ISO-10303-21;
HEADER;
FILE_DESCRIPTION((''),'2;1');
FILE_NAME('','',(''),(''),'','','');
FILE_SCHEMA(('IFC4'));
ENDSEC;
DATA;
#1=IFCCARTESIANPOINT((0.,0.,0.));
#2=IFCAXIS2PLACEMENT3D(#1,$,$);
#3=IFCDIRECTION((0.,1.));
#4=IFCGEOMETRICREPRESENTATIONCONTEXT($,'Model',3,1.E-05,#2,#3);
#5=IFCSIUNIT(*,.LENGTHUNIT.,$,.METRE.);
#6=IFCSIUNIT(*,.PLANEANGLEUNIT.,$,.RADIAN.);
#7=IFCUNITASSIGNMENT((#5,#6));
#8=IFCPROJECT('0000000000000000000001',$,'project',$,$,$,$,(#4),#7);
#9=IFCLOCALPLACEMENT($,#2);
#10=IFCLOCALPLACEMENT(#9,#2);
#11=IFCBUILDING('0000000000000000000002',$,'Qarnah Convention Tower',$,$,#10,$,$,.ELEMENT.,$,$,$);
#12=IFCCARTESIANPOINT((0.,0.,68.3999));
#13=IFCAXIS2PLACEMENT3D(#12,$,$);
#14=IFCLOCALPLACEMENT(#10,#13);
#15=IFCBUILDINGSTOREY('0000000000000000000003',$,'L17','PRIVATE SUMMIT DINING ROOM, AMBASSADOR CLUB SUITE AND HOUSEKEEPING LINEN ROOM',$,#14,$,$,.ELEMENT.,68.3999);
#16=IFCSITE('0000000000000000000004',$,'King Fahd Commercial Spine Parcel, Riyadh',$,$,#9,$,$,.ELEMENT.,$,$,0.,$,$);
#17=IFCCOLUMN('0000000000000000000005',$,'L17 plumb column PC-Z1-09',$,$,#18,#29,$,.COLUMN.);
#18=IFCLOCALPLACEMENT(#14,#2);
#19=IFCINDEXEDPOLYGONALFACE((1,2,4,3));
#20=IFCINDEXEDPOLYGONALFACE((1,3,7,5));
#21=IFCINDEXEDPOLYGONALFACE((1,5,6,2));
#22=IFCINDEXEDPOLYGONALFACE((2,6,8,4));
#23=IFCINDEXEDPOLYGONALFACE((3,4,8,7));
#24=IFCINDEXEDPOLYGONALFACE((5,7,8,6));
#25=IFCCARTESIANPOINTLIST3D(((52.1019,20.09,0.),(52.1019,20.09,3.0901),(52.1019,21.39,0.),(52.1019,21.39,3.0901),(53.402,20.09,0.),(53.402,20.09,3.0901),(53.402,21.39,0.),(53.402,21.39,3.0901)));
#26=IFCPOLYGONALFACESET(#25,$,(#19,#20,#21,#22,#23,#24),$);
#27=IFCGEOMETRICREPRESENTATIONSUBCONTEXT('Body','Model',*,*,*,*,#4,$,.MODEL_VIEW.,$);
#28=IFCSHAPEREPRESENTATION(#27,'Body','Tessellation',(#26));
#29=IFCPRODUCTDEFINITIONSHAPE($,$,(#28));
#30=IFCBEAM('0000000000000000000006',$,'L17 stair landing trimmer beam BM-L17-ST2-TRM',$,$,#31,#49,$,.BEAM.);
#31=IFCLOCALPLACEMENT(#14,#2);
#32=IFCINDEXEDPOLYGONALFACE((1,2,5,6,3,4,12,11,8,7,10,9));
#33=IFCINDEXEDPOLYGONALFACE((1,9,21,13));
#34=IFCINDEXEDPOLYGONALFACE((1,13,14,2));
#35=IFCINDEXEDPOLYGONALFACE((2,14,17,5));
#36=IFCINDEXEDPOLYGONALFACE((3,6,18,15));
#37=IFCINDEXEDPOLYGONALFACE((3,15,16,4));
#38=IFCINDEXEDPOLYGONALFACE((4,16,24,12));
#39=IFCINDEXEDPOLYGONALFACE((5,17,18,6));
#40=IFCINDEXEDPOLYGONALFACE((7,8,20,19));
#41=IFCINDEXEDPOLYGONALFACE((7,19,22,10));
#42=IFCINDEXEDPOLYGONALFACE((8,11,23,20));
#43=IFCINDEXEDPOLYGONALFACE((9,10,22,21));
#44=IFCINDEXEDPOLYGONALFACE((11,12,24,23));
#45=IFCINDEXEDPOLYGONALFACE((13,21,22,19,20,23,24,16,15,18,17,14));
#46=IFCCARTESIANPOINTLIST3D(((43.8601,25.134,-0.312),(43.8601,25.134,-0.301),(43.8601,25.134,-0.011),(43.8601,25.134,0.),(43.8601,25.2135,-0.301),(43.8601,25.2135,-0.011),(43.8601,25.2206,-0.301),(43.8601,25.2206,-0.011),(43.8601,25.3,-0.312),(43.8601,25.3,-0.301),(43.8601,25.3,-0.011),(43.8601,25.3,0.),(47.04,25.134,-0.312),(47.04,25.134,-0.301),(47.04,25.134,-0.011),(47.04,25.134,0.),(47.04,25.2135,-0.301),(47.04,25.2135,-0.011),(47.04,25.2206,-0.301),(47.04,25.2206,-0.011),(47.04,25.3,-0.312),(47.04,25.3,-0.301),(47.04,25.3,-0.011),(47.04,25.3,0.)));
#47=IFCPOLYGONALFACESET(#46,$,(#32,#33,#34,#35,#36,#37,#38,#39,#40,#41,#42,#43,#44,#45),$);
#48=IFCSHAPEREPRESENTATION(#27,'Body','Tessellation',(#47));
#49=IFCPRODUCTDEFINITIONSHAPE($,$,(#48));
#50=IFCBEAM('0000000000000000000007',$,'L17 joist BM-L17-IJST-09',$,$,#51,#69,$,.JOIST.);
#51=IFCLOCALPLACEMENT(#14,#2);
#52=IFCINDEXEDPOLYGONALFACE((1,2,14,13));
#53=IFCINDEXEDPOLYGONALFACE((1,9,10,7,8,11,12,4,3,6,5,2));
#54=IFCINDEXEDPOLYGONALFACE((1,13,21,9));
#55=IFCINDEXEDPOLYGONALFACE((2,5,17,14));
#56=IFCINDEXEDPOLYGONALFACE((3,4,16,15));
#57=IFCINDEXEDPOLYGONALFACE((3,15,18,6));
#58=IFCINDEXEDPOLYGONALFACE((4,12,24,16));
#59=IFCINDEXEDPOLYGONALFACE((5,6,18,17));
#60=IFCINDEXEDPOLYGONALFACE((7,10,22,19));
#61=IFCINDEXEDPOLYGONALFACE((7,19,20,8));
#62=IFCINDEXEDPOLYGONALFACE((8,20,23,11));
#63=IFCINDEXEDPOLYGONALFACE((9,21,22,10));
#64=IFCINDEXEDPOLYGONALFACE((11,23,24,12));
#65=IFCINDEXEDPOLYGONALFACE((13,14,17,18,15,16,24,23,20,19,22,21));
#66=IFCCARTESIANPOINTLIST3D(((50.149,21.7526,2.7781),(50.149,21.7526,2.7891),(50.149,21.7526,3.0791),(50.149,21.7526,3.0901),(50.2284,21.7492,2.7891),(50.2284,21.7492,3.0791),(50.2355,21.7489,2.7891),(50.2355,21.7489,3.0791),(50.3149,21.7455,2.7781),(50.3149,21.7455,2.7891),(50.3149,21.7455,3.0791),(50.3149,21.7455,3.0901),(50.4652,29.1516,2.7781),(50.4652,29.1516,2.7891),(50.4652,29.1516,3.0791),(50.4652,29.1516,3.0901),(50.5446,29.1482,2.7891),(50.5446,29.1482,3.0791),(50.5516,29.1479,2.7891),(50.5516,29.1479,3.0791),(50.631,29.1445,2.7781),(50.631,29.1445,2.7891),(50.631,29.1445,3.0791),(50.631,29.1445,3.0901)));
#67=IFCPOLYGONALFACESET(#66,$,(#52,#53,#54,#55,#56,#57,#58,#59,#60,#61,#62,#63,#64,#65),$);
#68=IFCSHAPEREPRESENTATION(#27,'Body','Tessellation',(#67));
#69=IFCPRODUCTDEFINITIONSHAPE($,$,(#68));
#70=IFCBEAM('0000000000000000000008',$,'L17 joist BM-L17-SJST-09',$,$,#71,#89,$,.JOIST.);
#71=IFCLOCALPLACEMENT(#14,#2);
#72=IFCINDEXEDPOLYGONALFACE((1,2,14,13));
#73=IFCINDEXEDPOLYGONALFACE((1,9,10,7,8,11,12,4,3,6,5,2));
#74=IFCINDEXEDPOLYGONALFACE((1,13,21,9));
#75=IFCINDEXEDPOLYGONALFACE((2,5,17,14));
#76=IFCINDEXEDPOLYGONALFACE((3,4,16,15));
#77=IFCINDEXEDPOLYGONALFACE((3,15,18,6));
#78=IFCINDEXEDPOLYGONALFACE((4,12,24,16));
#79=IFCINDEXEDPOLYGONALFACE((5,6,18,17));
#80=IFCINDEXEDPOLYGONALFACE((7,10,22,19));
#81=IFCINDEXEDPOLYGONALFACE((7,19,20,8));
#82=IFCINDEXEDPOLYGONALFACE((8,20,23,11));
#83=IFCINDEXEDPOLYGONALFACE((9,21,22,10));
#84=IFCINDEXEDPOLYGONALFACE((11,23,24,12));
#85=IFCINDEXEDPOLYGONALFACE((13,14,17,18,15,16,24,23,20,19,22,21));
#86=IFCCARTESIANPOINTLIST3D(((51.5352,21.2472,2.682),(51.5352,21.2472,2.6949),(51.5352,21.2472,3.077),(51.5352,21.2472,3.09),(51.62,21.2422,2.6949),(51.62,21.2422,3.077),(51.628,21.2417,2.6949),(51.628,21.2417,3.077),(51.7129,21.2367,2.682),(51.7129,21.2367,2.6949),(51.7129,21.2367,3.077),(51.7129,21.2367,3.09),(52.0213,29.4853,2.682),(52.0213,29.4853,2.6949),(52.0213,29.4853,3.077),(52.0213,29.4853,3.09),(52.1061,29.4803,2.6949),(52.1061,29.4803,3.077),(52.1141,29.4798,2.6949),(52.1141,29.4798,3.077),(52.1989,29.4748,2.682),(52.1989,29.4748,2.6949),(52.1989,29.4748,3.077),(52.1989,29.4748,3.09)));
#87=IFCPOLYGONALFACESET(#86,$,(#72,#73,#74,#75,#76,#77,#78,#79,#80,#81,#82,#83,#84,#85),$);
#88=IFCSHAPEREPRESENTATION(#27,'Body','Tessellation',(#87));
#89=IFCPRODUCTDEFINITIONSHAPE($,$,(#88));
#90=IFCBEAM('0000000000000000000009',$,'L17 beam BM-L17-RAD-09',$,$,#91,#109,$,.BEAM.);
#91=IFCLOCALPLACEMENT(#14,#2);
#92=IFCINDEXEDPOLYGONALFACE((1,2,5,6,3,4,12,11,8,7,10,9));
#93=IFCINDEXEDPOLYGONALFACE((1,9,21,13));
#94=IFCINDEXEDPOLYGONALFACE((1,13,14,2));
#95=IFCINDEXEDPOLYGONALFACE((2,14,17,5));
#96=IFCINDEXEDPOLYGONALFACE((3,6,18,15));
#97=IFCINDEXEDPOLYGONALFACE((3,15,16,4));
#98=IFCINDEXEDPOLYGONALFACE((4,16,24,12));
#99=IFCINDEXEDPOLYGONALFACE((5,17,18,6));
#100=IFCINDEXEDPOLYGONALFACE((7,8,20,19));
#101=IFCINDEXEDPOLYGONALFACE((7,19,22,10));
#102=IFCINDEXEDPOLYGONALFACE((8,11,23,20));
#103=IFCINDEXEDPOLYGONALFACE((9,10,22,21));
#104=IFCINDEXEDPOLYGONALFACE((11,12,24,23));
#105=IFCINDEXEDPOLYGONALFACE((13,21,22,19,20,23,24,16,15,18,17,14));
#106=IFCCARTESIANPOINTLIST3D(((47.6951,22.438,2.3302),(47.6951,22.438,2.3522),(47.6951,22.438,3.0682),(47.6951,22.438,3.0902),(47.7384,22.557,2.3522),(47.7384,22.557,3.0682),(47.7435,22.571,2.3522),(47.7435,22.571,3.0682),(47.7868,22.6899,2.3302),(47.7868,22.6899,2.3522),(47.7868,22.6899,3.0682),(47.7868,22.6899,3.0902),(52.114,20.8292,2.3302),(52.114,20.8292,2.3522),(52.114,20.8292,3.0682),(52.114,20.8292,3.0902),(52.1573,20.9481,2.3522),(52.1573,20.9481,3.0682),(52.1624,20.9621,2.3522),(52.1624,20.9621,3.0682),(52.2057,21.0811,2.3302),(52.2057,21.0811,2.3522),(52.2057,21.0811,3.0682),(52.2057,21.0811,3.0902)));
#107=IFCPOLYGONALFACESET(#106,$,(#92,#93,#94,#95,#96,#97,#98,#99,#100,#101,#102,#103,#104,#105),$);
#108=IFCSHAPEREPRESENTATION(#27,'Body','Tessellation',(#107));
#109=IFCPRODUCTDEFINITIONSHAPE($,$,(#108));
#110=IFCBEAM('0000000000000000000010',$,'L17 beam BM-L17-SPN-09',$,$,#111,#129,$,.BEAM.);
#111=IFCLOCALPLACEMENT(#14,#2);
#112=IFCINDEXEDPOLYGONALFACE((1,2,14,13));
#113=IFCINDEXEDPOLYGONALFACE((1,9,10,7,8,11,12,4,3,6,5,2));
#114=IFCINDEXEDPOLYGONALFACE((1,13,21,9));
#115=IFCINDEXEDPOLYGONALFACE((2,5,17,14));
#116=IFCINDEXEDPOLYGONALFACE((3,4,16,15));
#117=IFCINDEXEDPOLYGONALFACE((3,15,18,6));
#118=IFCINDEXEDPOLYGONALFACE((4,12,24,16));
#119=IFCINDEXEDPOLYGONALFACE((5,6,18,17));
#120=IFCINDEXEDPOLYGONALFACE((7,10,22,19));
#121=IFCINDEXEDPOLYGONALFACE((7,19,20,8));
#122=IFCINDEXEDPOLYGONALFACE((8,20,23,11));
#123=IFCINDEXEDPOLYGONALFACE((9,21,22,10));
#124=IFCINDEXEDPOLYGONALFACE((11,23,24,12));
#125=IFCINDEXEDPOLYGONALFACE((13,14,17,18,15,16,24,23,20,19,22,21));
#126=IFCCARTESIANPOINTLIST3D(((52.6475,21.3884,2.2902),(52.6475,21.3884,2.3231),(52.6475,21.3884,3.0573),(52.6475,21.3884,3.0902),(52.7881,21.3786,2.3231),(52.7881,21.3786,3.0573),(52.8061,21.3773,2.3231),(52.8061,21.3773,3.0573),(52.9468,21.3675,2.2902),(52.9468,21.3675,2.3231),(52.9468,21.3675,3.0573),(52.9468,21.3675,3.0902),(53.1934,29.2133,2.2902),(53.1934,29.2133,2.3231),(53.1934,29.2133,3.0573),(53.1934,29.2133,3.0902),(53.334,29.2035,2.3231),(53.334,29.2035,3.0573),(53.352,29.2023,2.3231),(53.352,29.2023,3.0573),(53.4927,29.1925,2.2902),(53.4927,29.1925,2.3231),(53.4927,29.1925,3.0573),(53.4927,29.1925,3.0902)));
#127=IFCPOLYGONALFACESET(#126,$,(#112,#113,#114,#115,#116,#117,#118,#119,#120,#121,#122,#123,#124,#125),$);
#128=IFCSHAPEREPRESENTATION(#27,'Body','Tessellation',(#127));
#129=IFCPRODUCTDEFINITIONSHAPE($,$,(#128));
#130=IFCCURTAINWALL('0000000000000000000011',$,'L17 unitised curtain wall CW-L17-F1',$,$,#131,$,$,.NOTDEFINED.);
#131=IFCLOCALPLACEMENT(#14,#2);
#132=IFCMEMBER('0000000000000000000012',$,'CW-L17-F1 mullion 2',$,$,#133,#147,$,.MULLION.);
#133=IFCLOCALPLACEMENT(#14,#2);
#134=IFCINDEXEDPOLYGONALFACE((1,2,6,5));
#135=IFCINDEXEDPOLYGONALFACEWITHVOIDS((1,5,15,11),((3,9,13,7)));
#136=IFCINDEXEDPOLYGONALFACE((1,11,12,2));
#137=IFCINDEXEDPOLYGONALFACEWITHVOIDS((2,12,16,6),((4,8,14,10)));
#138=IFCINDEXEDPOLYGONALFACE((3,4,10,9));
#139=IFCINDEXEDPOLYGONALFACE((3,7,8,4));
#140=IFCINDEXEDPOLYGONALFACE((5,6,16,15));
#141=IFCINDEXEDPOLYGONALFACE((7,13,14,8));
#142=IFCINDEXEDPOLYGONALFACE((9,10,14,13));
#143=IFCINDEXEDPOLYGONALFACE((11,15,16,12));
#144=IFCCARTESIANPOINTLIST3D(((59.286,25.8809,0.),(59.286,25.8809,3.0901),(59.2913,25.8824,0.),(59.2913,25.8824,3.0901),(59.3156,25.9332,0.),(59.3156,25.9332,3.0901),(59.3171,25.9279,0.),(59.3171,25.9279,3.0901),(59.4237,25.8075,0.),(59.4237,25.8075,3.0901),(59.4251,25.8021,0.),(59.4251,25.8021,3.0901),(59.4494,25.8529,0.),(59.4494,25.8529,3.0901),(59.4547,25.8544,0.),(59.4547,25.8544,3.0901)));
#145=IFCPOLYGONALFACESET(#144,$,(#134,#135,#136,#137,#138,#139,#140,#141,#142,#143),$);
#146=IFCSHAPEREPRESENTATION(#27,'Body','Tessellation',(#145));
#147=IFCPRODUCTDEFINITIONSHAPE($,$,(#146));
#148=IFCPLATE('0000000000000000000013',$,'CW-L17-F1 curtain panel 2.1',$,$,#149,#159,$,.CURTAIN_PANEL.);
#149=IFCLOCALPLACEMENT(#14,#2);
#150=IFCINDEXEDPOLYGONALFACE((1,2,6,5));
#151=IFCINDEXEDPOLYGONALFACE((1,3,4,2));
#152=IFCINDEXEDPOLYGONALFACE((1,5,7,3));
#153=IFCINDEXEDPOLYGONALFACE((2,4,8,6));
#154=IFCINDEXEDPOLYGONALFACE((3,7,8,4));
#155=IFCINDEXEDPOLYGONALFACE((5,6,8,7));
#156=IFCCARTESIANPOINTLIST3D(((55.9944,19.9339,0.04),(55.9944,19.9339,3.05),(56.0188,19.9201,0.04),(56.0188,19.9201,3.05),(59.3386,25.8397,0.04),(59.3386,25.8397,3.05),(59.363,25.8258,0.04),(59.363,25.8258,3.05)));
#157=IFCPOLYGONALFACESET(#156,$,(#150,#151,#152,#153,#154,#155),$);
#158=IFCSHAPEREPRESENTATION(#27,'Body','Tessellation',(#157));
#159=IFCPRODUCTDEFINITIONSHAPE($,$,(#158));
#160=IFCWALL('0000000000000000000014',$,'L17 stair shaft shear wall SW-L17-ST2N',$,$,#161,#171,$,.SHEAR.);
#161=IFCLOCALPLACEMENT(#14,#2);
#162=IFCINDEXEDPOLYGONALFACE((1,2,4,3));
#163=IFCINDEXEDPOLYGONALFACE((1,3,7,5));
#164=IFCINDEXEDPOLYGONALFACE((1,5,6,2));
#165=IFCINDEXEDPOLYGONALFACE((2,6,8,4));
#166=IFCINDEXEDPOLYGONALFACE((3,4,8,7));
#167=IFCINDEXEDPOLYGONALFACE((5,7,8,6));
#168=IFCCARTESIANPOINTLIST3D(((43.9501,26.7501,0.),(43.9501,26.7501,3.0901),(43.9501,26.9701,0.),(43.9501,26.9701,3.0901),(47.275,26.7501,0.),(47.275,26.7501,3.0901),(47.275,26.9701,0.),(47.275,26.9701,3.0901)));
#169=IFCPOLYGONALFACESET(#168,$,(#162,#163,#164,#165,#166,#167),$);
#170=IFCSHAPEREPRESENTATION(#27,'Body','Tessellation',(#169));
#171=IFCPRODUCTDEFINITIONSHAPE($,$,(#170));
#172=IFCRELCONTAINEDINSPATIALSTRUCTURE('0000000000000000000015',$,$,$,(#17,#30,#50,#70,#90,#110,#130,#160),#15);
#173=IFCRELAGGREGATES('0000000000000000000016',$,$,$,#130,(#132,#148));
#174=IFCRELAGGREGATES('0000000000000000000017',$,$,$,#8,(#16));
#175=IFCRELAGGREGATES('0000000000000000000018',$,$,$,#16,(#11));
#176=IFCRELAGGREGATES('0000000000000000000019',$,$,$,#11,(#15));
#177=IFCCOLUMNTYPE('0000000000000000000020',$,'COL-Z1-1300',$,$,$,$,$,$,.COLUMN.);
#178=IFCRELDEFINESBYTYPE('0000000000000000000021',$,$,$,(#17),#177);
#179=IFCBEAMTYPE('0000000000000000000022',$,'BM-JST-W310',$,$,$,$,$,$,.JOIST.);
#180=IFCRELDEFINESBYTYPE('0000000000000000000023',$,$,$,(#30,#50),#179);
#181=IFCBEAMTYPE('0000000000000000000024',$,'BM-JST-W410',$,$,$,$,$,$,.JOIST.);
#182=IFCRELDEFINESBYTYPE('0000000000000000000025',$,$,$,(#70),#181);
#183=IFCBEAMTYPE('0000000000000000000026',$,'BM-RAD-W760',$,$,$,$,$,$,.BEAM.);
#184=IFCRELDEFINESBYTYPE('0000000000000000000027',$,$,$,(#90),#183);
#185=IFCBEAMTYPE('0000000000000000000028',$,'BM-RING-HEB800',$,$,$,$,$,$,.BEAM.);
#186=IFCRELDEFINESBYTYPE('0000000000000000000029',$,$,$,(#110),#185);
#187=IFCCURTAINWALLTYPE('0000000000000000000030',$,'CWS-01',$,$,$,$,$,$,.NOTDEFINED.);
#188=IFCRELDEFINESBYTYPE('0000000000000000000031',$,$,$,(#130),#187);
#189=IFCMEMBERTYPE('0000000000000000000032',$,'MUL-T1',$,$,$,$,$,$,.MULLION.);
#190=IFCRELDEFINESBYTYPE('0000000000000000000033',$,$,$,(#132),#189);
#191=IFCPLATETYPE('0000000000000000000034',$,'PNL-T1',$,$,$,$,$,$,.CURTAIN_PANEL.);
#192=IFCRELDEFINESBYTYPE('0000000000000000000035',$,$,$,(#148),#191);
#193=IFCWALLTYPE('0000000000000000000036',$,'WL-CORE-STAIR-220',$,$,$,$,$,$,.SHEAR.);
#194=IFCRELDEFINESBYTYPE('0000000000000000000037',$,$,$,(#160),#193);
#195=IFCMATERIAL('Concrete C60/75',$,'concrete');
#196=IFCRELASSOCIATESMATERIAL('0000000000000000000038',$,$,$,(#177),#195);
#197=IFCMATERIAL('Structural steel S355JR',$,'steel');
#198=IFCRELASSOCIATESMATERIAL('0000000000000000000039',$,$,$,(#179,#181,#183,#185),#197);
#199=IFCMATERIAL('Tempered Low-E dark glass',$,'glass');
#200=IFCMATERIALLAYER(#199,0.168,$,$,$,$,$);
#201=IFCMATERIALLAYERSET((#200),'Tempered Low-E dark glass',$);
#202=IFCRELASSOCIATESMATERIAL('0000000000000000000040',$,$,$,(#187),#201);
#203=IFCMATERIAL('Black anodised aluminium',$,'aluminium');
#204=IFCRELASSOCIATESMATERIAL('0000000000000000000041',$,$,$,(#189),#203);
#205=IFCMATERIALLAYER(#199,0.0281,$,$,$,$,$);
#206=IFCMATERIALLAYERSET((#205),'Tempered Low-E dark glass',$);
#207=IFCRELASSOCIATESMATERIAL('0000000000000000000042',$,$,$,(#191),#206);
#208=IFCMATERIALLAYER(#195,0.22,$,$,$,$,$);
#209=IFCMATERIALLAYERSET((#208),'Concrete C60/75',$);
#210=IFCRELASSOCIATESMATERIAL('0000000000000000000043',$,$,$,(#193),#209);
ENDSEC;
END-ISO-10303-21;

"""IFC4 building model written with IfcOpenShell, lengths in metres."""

from ifc_helpers import new_model, si_unit, direction, frame, frame_2d, origin, origin_2d, place, context, subcontext, project, spatial, rectangle, hollow_rectangle, i_section, extrude, material, layer, layer_set, material_profile, profile_set, type_object, element, aggregate, save


model = new_model("IFC4")

# Units and contexts
model_context = context("Model", 3, precision=1e-05, world=origin(), true_north=direction((0.0, 1.0)))
body_context = subcontext(model_context, "Body", "Model", "MODEL_VIEW")
ifc_project = project(units=[si_unit("LENGTHUNIT", "METRE"), si_unit("PLANEANGLEUNIT", "RADIAN")], contexts=[model_context])

# Site, building, storey
site_placement = place(None, origin())
site = spatial("IfcSite", under=ifc_project, at=site_placement, Name="King Fahd Commercial Spine Parcel, Riyadh", CompositionType="ELEMENT", RefElevation=0.0)
building_placement = place(site_placement, origin())
building = spatial("IfcBuilding", under=site, at=building_placement, Name="Qarnah Convention Tower", CompositionType="ELEMENT")
storey_placement = place(building_placement, frame((0.0, 0.0, 68.3999)))
storey = spatial("IfcBuildingStorey", under=building, at=storey_placement, Name="L17", Description="PRIVATE SUMMIT DINING ROOM, AMBASSADOR CLUB SUITE AND HOUSEKEEPING LINEN ROOM", CompositionType="ELEMENT", Elevation=68.3999)

# Column
ifc_material_1 = material(Name="Concrete C60/75", Category="concrete")
ifc_material_profile_1 = material_profile(ifc_material_1, rectangle(XDim=1.3, YDim=1.3, at=origin_2d()), Name="RC-COL-1300X1300")
ifc_profile_set_1 = profile_set([ifc_material_profile_1], Name="Concrete C60/75")
column_type = type_object("IfcColumnType", Name="COL-Z1-1300", PredefinedType="COLUMN", material=ifc_profile_set_1)
column_placement = place(storey_placement, frame((52.752, 20.74, 0.0), z_axis=(0.0, 0.0, 1.0), x_axis=(1.0, 0.0, 0.0)))
element("IfcColumn", 1, at=column_placement, inside=storey, type_object=column_type, Name="L17 plumb column PC-Z1-09", PredefinedType="COLUMN", context=body_context, shape_type="SweptSolid", body=[
    extrude(rectangle(XDim=1.3, YDim=1.3, at=origin_2d()), origin(), (0.0, 0.0, 1.0), 3.0901),
])

# Beams
ifc_material_2 = material(Name="Structural steel S355JR", Category="steel")
ifc_material_profile_2 = material_profile(ifc_material_2, i_section(OverallWidth=0.166, OverallDepth=0.312, WebThickness=0.0071, FlangeThickness=0.011, at=origin_2d()), Name="W310X45")
ifc_profile_set_2 = profile_set([ifc_material_profile_2], Name="Structural steel S355JR")
beam_type_1 = type_object("IfcBeamType", Name="BM-JST-W310", PredefinedType="JOIST", material=ifc_profile_set_2)
beam_1_placement = place(storey_placement, frame((43.8601, 25.217, -0.156), z_axis=(1.0, 0.0, 0.0), x_axis=(0.0, 1.0, 0.0)))
element("IfcBeam", 2, at=beam_1_placement, inside=storey, type_object=beam_type_1, Name="L17 stair landing trimmer beam BM-L17-ST2-TRM", PredefinedType="BEAM", context=body_context, shape_type="SweptSolid", body=[
    extrude(i_section(OverallWidth=0.166, OverallDepth=0.312, WebThickness=0.0071, FlangeThickness=0.011, at=origin_2d()), origin(), (0.0, 0.0, 1.0), 3.1799),
])
beam_2_placement = place(storey_placement, frame((50.2319, 21.749, 2.9341), z_axis=(0.042692, 0.999088, 0.0), x_axis=(-0.999088, 0.042692, 0.0)))
element("IfcBeam", 3, at=beam_2_placement, inside=storey, type_object=beam_type_1, Name="L17 joist BM-L17-IJST-09", PredefinedType="JOIST", context=body_context, shape_type="SweptSolid", body=[
    extrude(i_section(OverallWidth=0.166, OverallDepth=0.312, WebThickness=0.0071, FlangeThickness=0.011, at=origin_2d()), origin(), (0.0, 0.0, 1.0), 7.4058),
])
ifc_material_profile_3 = material_profile(ifc_material_2, i_section(OverallWidth=0.178, OverallDepth=0.408, WebThickness=0.0081, FlangeThickness=0.0129, at=origin_2d()), Name="W410X60")
ifc_profile_set_3 = profile_set([ifc_material_profile_3], Name="Structural steel S355JR")
beam_type_2 = type_object("IfcBeamType", Name="BM-JST-W410", PredefinedType="JOIST", material=ifc_profile_set_3)
beam_3_placement = place(storey_placement, frame((51.624, 21.2419, 2.886), z_axis=(0.058902, 0.998264, 0.0), x_axis=(-0.998264, 0.058902, 0.0)))
element("IfcBeam", 4, at=beam_3_placement, inside=storey, type_object=beam_type_2, Name="L17 joist BM-L17-SJST-09", PredefinedType="JOIST", context=body_context, shape_type="SweptSolid", body=[
    extrude(i_section(OverallWidth=0.178, OverallDepth=0.408, WebThickness=0.0081, FlangeThickness=0.0129, at=origin_2d()), origin(), (0.0, 0.0, 1.0), 8.2524),
])
ifc_material_profile_4 = material_profile(ifc_material_2, i_section(OverallWidth=0.2681, OverallDepth=0.76, WebThickness=0.0149, FlangeThickness=0.022, at=origin_2d()), Name="W760X185")
ifc_profile_set_4 = profile_set([ifc_material_profile_4], Name="Structural steel S355JR")
beam_type_3 = type_object("IfcBeamType", Name="BM-RAD-W760", PredefinedType="BEAM", material=ifc_profile_set_4)
beam_4_placement = place(storey_placement, frame((47.741, 22.564, 2.7102), z_axis=(0.939657, -0.342118, 0.0), x_axis=(0.342118, 0.939657, 0.0)))
element("IfcBeam", 5, at=beam_4_placement, inside=storey, type_object=beam_type_3, Name="L17 beam BM-L17-RAD-09", PredefinedType="BEAM", context=body_context, shape_type="SweptSolid", body=[
    extrude(i_section(OverallWidth=0.2681, OverallDepth=0.76, WebThickness=0.0149, FlangeThickness=0.022, at=origin_2d()), origin(), (0.0, 0.0, 1.0), 4.7026),
])
ifc_material_profile_5 = material_profile(ifc_material_2, i_section(OverallWidth=0.3, OverallDepth=0.8, WebThickness=0.0181, FlangeThickness=0.033, at=origin_2d()), Name="HEB800")
ifc_profile_set_5 = profile_set([ifc_material_profile_5], Name="Structural steel S355JR")
beam_type_4 = type_object("IfcBeamType", Name="BM-RING-HEB800", PredefinedType="BEAM", material=ifc_profile_set_5)
beam_5_placement = place(storey_placement, frame((52.7971, 21.3779, 2.6902), z_axis=(0.069595, 0.997575, 0.0), x_axis=(-0.997575, 0.069595, 0.0)))
element("IfcBeam", 6, at=beam_5_placement, inside=storey, type_object=beam_type_4, Name="L17 beam BM-L17-SPN-09", PredefinedType="BEAM", context=body_context, shape_type="SweptSolid", body=[
    extrude(i_section(OverallWidth=0.3, OverallDepth=0.8, WebThickness=0.0181, FlangeThickness=0.033, at=origin_2d()), origin(), (0.0, 0.0, 1.0), 7.844),
])

# Curtain wall, member, plate
ifc_material_3 = material(Name="Tempered Low-E dark glass", Category="glass")
ifc_layer_1 = layer(ifc_material_3, 0.168)
ifc_layer_set_1 = layer_set([ifc_layer_1], Name="Tempered Low-E dark glass")
curtain_wall_type = type_object("IfcCurtainWallType", Name="CWS-01", PredefinedType="NOTDEFINED", material=ifc_layer_set_1)
curtain_wall_placement = place(storey_placement, origin())
curtain_wall = element("IfcCurtainWall", 7, at=curtain_wall_placement, inside=storey, type_object=curtain_wall_type, Name="L17 unitised curtain wall CW-L17-F1", PredefinedType="NOTDEFINED")
ifc_material_4 = material(Name="Black anodised aluminium", Category="aluminium")
ifc_material_profile_6 = material_profile(ifc_material_4, hollow_rectangle(XDim=0.0601, YDim=0.1599, WallThickness=0.0039, at=origin_2d()), Name="MUL-60X160")
ifc_profile_set_6 = profile_set([ifc_material_profile_6], Name="Black anodised aluminium")
member_type = type_object("IfcMemberType", Name="MUL-T1", PredefinedType="MULLION", material=ifc_profile_set_6)
member_placement = place(storey_placement, frame((59.3704, 25.8677, 0.0), z_axis=(0.0, 0.0, 1.0), x_axis=(-0.492741, -0.870176, 0.0)))
member = element("IfcMember", 8, at=member_placement, type_object=member_type, Name="CW-L17-F1 mullion 2", PredefinedType="MULLION", context=body_context, shape_type="SweptSolid", body=[
    extrude(hollow_rectangle(XDim=0.0601, YDim=0.1599, WallThickness=0.0039, at=origin_2d()), origin(), (0.0, 0.0, 1.0), 3.0901),
])
ifc_layer_2 = layer(ifc_material_3, 0.0281)
ifc_layer_set_2 = layer_set([ifc_layer_2], Name="Tempered Low-E dark glass")
plate_type = type_object("IfcPlateType", Name="PNL-T1", PredefinedType="CURTAIN_PANEL", material=ifc_layer_set_2)
plate_placement = place(storey_placement, frame((57.6787, 22.8799, 0.04), z_axis=(0.0, 0.0, 1.0), x_axis=(-0.492741, -0.870176, 0.0)))
plate = element("IfcPlate", 9, at=plate_placement, type_object=plate_type, Name="CW-L17-F1 curtain panel 2.1", PredefinedType="CURTAIN_PANEL", context=body_context, shape_type="SweptSolid", body=[
    extrude(rectangle(XDim=6.7869, YDim=0.0281, at=origin_2d()), origin(), (0.0, 0.0, 1.0), 3.01),
])
aggregate(curtain_wall, [member, plate])

# Wall
ifc_layer_3 = layer(ifc_material_1, 0.22)
ifc_layer_set_3 = layer_set([ifc_layer_3], Name="Concrete C60/75")
wall_type_1 = type_object("IfcWallType", Name="WL-CORE-STAIR-220", PredefinedType="SHEAR", material=ifc_layer_set_3)
wall_1_placement = place(storey_placement, frame((43.95, 26.8601, 0.0), z_axis=(0.0, 0.0, 1.0), x_axis=(1.0, 0.0, 0.0)))
element("IfcWall", 10, at=wall_1_placement, inside=storey, type_object=wall_type_1, Name="L17 stair shaft shear wall SW-L17-ST2N", PredefinedType="SHEAR", context=body_context, shape_type="SweptSolid", body=[
    extrude(rectangle(XDim=3.325, YDim=0.22, at=frame_2d((1.6626, 0.0))), origin(), (0.0, 0.0, 1.0), 3.0901),
])

save(model, "model.ifc")
